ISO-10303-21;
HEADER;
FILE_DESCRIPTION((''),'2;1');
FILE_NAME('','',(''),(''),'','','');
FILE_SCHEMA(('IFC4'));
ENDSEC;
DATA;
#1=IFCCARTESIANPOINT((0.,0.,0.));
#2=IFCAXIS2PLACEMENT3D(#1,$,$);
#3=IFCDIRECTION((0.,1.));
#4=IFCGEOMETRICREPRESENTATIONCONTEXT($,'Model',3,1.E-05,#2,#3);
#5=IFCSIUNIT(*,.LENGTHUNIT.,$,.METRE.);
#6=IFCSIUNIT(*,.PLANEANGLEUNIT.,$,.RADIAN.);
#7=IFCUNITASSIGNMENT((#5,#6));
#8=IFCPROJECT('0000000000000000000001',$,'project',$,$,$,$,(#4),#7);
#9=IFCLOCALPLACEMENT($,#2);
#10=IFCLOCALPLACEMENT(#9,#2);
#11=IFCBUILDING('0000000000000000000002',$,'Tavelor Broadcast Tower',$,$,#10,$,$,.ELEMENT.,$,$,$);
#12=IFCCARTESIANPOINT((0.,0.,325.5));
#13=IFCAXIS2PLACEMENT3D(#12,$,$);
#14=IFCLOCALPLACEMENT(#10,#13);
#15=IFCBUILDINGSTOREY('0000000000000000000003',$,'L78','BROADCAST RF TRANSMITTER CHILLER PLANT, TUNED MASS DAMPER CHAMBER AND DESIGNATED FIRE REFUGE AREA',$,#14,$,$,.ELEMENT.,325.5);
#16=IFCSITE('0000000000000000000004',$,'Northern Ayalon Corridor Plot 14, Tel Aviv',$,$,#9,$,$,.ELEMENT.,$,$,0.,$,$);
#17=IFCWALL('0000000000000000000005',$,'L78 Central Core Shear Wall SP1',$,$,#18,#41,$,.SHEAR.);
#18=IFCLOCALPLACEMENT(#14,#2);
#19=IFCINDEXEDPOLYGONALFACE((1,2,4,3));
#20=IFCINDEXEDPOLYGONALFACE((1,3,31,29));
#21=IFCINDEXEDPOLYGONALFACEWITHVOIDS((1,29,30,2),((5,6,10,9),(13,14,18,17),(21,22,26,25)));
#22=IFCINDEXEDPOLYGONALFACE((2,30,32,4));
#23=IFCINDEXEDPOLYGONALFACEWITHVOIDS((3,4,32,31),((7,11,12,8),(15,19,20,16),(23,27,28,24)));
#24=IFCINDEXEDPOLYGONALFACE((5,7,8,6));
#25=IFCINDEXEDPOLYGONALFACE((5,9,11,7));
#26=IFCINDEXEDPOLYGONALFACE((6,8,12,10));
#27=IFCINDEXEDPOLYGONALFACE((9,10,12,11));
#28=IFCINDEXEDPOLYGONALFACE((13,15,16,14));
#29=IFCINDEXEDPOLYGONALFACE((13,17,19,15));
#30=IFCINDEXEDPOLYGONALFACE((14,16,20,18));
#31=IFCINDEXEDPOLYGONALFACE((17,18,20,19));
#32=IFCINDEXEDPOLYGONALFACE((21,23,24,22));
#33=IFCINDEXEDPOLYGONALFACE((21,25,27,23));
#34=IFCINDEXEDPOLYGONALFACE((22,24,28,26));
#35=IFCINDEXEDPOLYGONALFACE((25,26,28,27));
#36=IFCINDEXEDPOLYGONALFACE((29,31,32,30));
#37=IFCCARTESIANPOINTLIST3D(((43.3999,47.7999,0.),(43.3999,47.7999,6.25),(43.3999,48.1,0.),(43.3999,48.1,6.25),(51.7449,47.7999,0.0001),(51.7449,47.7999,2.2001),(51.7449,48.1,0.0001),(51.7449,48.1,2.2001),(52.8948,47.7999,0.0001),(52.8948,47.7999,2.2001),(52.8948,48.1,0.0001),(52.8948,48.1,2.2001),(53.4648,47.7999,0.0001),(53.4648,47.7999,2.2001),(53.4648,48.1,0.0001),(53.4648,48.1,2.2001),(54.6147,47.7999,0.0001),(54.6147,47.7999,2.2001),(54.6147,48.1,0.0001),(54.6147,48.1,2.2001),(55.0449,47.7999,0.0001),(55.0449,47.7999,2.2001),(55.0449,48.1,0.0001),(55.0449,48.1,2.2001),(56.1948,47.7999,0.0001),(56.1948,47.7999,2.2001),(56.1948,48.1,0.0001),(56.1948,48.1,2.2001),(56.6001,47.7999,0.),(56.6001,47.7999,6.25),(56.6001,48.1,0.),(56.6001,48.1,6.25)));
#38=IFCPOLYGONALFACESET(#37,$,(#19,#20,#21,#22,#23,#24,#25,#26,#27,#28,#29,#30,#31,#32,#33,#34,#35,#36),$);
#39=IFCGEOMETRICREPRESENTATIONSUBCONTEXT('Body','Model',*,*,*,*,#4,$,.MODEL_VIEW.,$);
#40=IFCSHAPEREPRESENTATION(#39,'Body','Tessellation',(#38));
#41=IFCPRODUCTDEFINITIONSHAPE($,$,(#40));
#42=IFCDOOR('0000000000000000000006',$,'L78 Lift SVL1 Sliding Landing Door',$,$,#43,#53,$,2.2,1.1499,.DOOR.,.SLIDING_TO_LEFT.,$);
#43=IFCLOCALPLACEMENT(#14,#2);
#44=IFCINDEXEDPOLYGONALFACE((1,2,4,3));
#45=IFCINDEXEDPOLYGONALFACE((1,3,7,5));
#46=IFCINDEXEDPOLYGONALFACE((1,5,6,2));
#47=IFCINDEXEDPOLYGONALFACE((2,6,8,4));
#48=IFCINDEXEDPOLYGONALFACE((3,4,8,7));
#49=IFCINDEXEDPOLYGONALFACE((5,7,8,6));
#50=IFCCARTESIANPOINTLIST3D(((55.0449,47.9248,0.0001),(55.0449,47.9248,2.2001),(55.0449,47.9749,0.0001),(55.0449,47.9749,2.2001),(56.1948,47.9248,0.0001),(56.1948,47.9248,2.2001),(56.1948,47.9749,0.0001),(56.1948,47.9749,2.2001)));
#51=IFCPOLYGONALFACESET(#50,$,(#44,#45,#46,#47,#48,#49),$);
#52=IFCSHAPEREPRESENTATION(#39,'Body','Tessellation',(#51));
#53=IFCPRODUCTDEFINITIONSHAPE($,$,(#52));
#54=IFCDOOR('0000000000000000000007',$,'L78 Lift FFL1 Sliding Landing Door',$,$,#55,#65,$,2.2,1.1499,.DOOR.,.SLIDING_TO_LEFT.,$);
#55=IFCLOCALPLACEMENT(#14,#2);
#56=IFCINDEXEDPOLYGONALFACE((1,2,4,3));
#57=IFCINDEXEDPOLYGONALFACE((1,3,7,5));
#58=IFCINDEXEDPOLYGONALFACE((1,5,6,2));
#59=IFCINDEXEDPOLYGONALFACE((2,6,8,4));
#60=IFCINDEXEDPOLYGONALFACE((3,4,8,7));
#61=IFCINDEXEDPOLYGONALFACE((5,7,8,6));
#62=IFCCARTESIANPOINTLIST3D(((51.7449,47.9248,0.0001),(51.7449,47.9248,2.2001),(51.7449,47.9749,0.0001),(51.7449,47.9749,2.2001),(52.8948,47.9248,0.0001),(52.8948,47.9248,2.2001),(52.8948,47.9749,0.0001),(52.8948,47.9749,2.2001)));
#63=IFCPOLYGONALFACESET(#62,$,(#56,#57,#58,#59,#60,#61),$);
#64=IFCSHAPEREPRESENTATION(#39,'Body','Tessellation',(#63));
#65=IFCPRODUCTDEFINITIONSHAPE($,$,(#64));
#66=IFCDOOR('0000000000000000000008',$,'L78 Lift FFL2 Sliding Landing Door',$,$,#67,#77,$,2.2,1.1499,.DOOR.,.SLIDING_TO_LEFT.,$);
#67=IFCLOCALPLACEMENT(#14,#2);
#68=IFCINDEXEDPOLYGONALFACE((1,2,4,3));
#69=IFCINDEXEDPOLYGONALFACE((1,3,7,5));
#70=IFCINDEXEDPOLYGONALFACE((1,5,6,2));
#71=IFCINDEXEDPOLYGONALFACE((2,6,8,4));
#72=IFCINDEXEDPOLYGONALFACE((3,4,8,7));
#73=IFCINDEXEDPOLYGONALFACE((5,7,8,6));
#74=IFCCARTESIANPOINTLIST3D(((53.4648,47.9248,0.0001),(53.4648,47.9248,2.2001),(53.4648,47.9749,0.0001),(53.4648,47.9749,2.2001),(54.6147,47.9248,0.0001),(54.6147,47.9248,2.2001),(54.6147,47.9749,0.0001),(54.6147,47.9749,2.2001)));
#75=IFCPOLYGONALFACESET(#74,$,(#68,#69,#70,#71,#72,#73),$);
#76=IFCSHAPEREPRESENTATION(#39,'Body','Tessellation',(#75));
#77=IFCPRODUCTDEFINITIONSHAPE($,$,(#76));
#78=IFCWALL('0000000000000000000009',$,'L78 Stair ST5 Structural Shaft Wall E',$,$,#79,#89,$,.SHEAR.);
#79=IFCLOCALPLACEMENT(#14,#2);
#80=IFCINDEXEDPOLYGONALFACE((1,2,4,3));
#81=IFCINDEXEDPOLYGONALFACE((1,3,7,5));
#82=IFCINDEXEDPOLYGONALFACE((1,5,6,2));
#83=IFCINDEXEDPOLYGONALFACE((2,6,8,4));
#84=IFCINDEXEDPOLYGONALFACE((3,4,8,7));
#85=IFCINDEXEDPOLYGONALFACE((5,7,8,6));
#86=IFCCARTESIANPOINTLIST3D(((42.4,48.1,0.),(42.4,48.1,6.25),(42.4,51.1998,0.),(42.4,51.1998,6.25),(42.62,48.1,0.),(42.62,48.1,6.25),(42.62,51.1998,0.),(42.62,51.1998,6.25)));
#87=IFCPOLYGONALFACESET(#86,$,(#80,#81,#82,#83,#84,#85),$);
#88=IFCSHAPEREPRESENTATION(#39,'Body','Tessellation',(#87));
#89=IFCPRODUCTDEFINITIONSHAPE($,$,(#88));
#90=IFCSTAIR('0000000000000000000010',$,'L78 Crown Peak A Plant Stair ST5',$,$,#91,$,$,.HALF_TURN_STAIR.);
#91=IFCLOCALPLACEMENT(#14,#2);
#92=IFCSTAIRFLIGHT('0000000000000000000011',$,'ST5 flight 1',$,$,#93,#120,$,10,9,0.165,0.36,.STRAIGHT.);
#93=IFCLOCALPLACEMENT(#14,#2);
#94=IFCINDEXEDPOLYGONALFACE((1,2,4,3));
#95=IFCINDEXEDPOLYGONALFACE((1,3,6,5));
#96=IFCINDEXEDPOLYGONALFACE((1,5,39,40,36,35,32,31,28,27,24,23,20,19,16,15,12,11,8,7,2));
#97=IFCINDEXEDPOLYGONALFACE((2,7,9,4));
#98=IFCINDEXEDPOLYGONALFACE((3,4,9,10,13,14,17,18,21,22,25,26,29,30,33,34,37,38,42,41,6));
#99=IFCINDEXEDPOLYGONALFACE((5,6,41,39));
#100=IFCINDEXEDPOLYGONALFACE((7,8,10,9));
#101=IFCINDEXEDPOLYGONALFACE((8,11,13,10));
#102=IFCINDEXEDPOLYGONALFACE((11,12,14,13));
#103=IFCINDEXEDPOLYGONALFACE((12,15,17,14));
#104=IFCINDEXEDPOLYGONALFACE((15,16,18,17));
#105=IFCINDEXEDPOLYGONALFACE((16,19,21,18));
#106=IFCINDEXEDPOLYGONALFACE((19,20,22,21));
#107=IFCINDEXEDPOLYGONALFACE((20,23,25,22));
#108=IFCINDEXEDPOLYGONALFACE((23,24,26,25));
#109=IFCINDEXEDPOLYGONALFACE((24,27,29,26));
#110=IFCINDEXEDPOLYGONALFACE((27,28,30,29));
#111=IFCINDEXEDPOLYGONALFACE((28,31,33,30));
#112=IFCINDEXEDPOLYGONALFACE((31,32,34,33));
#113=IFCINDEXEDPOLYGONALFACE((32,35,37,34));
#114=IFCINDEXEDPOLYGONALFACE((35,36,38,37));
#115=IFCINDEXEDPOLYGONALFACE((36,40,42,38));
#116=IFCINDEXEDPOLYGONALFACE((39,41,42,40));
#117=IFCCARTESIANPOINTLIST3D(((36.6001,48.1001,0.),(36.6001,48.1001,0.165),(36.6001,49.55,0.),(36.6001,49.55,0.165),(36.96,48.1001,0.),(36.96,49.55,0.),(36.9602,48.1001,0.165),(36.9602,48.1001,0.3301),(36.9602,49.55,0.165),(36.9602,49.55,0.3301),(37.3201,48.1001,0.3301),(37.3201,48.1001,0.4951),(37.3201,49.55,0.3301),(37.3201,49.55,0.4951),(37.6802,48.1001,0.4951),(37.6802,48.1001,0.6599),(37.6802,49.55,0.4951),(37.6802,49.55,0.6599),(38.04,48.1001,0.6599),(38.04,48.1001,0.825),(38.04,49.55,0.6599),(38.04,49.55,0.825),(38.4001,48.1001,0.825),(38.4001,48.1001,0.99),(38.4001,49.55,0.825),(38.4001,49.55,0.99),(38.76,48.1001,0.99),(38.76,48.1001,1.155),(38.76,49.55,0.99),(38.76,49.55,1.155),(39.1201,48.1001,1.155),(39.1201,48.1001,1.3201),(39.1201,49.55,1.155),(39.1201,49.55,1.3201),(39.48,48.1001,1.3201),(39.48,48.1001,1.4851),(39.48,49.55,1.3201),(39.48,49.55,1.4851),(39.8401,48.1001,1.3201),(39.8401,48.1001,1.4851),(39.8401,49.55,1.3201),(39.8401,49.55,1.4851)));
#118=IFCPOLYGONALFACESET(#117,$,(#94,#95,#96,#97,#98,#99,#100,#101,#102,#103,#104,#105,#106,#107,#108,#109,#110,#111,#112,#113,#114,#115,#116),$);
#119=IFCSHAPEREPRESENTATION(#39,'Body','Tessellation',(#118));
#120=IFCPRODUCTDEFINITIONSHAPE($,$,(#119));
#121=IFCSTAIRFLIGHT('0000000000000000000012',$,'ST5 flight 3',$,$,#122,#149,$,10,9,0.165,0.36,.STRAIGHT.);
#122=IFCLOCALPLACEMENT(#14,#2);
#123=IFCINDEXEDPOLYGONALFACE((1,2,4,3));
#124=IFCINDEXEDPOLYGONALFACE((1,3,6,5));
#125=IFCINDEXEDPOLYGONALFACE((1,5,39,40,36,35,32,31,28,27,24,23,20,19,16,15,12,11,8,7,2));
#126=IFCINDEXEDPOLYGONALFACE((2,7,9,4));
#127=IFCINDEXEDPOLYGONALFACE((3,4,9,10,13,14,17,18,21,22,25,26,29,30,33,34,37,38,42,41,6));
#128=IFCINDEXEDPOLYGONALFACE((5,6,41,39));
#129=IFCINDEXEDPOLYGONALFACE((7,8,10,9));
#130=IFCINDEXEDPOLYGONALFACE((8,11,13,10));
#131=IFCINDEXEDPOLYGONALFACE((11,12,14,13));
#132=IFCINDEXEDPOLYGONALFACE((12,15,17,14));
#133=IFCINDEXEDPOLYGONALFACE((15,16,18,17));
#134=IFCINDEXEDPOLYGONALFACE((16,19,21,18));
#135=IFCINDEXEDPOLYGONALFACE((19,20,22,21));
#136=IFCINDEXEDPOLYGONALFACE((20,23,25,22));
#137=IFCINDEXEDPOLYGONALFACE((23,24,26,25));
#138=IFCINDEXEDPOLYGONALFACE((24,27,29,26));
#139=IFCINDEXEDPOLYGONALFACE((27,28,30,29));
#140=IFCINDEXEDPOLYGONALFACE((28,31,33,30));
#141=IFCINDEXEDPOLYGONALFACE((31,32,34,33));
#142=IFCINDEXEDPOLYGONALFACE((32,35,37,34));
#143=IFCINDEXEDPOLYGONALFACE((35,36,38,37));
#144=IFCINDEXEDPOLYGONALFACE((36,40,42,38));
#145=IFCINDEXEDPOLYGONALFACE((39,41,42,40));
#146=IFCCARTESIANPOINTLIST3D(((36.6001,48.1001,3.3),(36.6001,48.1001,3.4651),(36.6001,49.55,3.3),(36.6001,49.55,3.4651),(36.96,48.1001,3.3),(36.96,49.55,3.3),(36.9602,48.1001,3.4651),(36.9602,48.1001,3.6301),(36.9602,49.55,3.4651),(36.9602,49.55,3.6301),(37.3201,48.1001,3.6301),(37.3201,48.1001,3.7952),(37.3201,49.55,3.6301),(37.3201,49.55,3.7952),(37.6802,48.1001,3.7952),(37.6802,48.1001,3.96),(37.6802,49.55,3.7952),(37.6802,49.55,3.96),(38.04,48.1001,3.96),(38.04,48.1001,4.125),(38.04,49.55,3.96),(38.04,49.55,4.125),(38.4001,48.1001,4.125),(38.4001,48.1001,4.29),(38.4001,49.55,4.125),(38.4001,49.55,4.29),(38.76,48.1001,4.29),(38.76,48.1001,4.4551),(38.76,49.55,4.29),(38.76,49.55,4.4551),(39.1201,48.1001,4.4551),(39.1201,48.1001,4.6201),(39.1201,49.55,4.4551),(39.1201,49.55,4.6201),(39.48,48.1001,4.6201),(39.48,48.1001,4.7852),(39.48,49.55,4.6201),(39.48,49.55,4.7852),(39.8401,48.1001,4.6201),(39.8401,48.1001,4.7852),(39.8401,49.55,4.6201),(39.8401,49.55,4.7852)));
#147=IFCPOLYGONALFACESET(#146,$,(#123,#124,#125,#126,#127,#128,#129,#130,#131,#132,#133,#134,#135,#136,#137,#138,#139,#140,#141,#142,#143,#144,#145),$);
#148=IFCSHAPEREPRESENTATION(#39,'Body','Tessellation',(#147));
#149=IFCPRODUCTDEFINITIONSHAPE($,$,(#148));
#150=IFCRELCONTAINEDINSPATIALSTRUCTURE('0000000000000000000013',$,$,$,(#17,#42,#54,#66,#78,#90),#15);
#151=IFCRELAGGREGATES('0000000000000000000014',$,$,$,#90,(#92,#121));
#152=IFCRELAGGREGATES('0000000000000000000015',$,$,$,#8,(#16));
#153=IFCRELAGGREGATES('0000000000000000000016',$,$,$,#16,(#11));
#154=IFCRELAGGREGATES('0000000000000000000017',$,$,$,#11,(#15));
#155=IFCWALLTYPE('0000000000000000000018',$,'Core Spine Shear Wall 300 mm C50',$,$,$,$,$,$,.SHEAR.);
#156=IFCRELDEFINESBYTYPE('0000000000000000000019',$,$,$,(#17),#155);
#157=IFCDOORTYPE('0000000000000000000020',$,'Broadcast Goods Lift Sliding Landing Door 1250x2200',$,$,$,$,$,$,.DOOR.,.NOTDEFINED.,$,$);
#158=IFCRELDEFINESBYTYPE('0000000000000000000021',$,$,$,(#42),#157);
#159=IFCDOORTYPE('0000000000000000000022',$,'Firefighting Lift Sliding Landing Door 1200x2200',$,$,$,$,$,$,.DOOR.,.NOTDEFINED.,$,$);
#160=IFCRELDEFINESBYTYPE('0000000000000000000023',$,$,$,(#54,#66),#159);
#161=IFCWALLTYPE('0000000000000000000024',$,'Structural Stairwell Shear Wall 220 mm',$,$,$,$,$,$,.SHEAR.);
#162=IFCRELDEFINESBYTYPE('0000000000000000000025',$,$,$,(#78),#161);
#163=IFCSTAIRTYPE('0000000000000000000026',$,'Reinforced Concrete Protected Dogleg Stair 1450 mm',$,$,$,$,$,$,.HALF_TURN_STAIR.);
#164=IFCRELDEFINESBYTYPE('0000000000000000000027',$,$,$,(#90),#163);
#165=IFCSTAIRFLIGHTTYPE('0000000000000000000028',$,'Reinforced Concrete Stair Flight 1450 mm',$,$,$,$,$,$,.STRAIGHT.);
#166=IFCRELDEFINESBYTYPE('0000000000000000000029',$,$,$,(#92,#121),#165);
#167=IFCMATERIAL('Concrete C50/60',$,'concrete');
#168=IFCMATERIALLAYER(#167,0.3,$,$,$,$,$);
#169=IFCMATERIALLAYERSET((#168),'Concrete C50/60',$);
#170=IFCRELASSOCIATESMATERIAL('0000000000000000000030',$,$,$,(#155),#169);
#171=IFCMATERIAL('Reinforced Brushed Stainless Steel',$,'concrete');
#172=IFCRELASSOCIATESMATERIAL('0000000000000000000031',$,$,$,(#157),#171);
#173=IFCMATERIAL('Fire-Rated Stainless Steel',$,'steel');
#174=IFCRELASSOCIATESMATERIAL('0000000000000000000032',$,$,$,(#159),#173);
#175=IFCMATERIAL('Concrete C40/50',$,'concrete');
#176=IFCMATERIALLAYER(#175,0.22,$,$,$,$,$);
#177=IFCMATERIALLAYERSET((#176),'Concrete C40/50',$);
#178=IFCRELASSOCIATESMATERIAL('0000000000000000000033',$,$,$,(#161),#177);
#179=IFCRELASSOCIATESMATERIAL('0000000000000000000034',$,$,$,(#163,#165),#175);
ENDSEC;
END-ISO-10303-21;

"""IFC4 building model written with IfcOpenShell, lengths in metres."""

from ifc_helpers import new_model, si_unit, direction, frame, frame_2d, origin, place, context, subcontext, project, spatial, polyline, rectangle, outline, extrude, material, layer, layer_set, type_object, element, fill, aggregate, save


model = new_model("IFC4")

# Units and contexts
model_context = context("Model", 3, precision=1e-05, world=origin(), true_north=direction((0.0, 1.0)))
body_context = subcontext(model_context, "Body", "Model", "MODEL_VIEW")
ifc_project = project(units=[si_unit("LENGTHUNIT", "METRE"), si_unit("PLANEANGLEUNIT", "RADIAN")], contexts=[model_context])

# Site, building, storey
site_placement = place(None, origin())
site = spatial("IfcSite", under=ifc_project, at=site_placement, Name="Northern Ayalon Corridor Plot 14, Tel Aviv", CompositionType="ELEMENT", RefElevation=0.0)
building_placement = place(site_placement, origin())
building = spatial("IfcBuilding", under=site, at=building_placement, Name="Tavelor Broadcast Tower", CompositionType="ELEMENT")
storey_placement = place(building_placement, frame((0.0, 0.0, 325.5)))
storey = spatial("IfcBuildingStorey", under=building, at=storey_placement, Name="L78", Description="BROADCAST RF TRANSMITTER CHILLER PLANT, TUNED MASS DAMPER CHAMBER AND DESIGNATED FIRE REFUGE AREA", CompositionType="ELEMENT", Elevation=325.5)

# Shared definitions
ifc_material_1 = material(Name="Concrete C50/60", Category="concrete")

# Wall, openings, doors
ifc_layer_1 = layer(ifc_material_1, 0.3)
ifc_layer_set_1 = layer_set([ifc_layer_1], Name="Concrete C50/60")
wall_type_1 = type_object("IfcWallType", Name="Core Spine Shear Wall 300 mm C50", PredefinedType="SHEAR", material=ifc_layer_set_1)
wall_1_placement = place(storey_placement, frame((43.3999, 47.95, 0.0), z_axis=(0.0, 0.0, 1.0), x_axis=(1.0, 0.0, 0.0)))
wall_1 = element("IfcWall", 1, at=wall_1_placement, inside=storey, type_object=wall_type_1, Name="L78 Central Core Shear Wall SP1", PredefinedType="SHEAR", context=body_context, shape_type="SweptSolid", body=[
    extrude(rectangle(XDim=13.2002, YDim=0.3, at=frame_2d((6.6001, 0.0))), origin(), (0.0, 0.0, 1.0), 6.25),
])
opening_1_placement = place(wall_1_placement, frame((8.345, 0.0, 0.0)))
opening_1 = element("IfcOpeningElement", 2, at=opening_1_placement, cuts=wall_1, PredefinedType="OPENING", context=body_context, shape_type="SweptSolid", body=[
    extrude(rectangle(XDim=1.1499, YDim=2.2, at=frame_2d((0.575, 1.1001))), frame((0.0, 0.1602, 0.0), z_axis=(0.0, -1.0, 0.0), x_axis=(1.0, 0.0, 0.0)), (0.0, 0.0, 1.0), 0.3201),
])
opening_2_placement = place(wall_1_placement, frame((10.0649, 0.0, 0.0)))
opening_2 = element("IfcOpeningElement", 3, at=opening_2_placement, cuts=wall_1, PredefinedType="OPENING", context=body_context, shape_type="SweptSolid", body=[
    extrude(rectangle(XDim=1.1499, YDim=2.2, at=frame_2d((0.575, 1.1001))), frame((0.0, 0.1602, 0.0), z_axis=(0.0, -1.0, 0.0), x_axis=(1.0, 0.0, 0.0)), (0.0, 0.0, 1.0), 0.3201),
])
opening_3_placement = place(wall_1_placement, frame((11.645, 0.0, 0.0)))
opening_3 = element("IfcOpeningElement", 4, at=opening_3_placement, cuts=wall_1, PredefinedType="OPENING", context=body_context, shape_type="SweptSolid", body=[
    extrude(rectangle(XDim=1.1499, YDim=2.2, at=frame_2d((0.575, 1.1001))), frame((0.0, 0.1602, 0.0), z_axis=(0.0, -1.0, 0.0), x_axis=(1.0, 0.0, 0.0)), (0.0, 0.0, 1.0), 0.3201),
])
ifc_material_2 = material(Name="Reinforced Brushed Stainless Steel", Category="concrete")
door_type_1 = type_object("IfcDoorType", Name="Broadcast Goods Lift Sliding Landing Door 1250x2200", OperationType="NOTDEFINED", PredefinedType="DOOR", material=ifc_material_2)
door_1_placement = place(opening_3_placement, origin())
door_1 = element("IfcDoor", 5, at=door_1_placement, inside=storey, type_object=door_type_1, Name="L78 Lift SVL1 Sliding Landing Door", OperationType="SLIDING_TO_LEFT", OverallHeight=2.2, OverallWidth=1.1499, PredefinedType="DOOR", context=body_context, shape_type="SweptSolid", body=[
    extrude(rectangle(XDim=1.1499, YDim=2.2, at=frame_2d((0.575, 1.1001))), frame((0.0, 0.0249, 0.0), z_axis=(0.0, -1.0, 0.0), x_axis=(1.0, 0.0, 0.0)), (0.0, 0.0, 1.0), 0.05),
])
fill(opening_3, door_1)
ifc_material_3 = material(Name="Fire-Rated Stainless Steel", Category="steel")
door_type_2 = type_object("IfcDoorType", Name="Firefighting Lift Sliding Landing Door 1200x2200", OperationType="NOTDEFINED", PredefinedType="DOOR", material=ifc_material_3)
door_2_placement = place(opening_1_placement, origin())
door_2 = element("IfcDoor", 6, at=door_2_placement, inside=storey, type_object=door_type_2, Name="L78 Lift FFL1 Sliding Landing Door", OperationType="SLIDING_TO_LEFT", OverallHeight=2.2, OverallWidth=1.1499, PredefinedType="DOOR", context=body_context, shape_type="SweptSolid", body=[
    extrude(rectangle(XDim=1.1499, YDim=2.2, at=frame_2d((0.575, 1.1001))), frame((0.0, 0.0249, 0.0), z_axis=(0.0, -1.0, 0.0), x_axis=(1.0, 0.0, 0.0)), (0.0, 0.0, 1.0), 0.05),
])
fill(opening_1, door_2)
door_3_placement = place(opening_2_placement, origin())
door_3 = element("IfcDoor", 7, at=door_3_placement, inside=storey, type_object=door_type_2, Name="L78 Lift FFL2 Sliding Landing Door", OperationType="SLIDING_TO_LEFT", OverallHeight=2.2, OverallWidth=1.1499, PredefinedType="DOOR", context=body_context, shape_type="SweptSolid", body=[
    extrude(rectangle(XDim=1.1499, YDim=2.2, at=frame_2d((0.575, 1.1001))), frame((0.0, 0.0249, 0.0), z_axis=(0.0, -1.0, 0.0), x_axis=(1.0, 0.0, 0.0)), (0.0, 0.0, 1.0), 0.05),
])
fill(opening_2, door_3)

# Wall
ifc_material_4 = material(Name="Concrete C40/50", Category="concrete")
ifc_layer_2 = layer(ifc_material_4, 0.22)
ifc_layer_set_2 = layer_set([ifc_layer_2], Name="Concrete C40/50")
wall_type_2 = type_object("IfcWallType", Name="Structural Stairwell Shear Wall 220 mm", PredefinedType="SHEAR", material=ifc_layer_set_2)
wall_2_placement = place(storey_placement, frame((42.51, 48.1001, 0.0), z_axis=(0.0, 0.0, 1.0), x_axis=(0.0, 1.0, 0.0)))
element("IfcWall", 8, at=wall_2_placement, inside=storey, type_object=wall_type_2, Name="L78 Stair ST5 Structural Shaft Wall E", PredefinedType="SHEAR", context=body_context, shape_type="SweptSolid", body=[
    extrude(rectangle(XDim=3.0999, YDim=0.22, at=frame_2d((1.5498, 0.0))), origin(), (0.0, 0.0, 1.0), 6.25),
])

# Stair, stair flights
stair_type = type_object("IfcStairType", Name="Reinforced Concrete Protected Dogleg Stair 1450 mm", PredefinedType="HALF_TURN_STAIR", material=ifc_material_4)
stair_placement = place(storey_placement, origin())
stair = element("IfcStair", 9, at=stair_placement, inside=storey, type_object=stair_type, Name="L78 Crown Peak A Plant Stair ST5", PredefinedType="HALF_TURN_STAIR")
stair_flight_type = type_object("IfcStairFlightType", Name="Reinforced Concrete Stair Flight 1450 mm", PredefinedType="STRAIGHT", material=ifc_material_4)
stair_flight_1_placement = place(storey_placement, frame((36.6001, 48.825, 0.0), z_axis=(0.0, 0.0, 1.0), x_axis=(1.0, 0.0, 0.0)))
stair_flight_1 = element("IfcStairFlight", 10, at=stair_flight_1_placement, type_object=stair_flight_type, Name="ST5 flight 1", NumberOfRisers=10, NumberOfTreads=9, PredefinedType="STRAIGHT", RiserHeight=0.165, TreadLength=0.36, context=body_context, shape_type="SweptSolid", body=[
    extrude(outline(polyline([(0.0, 0.0), (0.0, 0.165), (0.3601, 0.165), (0.3601, 0.3301), (0.72, 0.3301), (0.72, 0.4951), (1.0801, 0.4951), (1.0801, 0.6599), (1.4399, 0.6599), (1.4399, 0.825), (1.8, 0.825), (1.8, 0.99), (2.1599, 0.99), (2.1599, 1.155), (2.52, 1.155), (2.52, 1.3201), (2.8799, 1.3201), (2.8799, 1.4851), (3.24, 1.4851), (3.24, 1.6499), (3.24, 1.3201), (0.3599, 0.0), (0.0, 0.0)])), frame((0.0, 0.7251, 0.0), z_axis=(0.0, -1.0, 0.0), x_axis=(1.0, 0.0, 0.0)), (0.0, 0.0, 1.0), 1.45),
])
stair_flight_2_placement = place(storey_placement, frame((36.6001, 48.825, 3.3), z_axis=(0.0, 0.0, 1.0), x_axis=(1.0, 0.0, 0.0)))
stair_flight_2 = element("IfcStairFlight", 11, at=stair_flight_2_placement, type_object=stair_flight_type, Name="ST5 flight 3", NumberOfRisers=10, NumberOfTreads=9, PredefinedType="STRAIGHT", RiserHeight=0.165, TreadLength=0.36, context=body_context, shape_type="SweptSolid", body=[
    extrude(outline(polyline([(0.0, 0.0), (0.0, 0.165), (0.3601, 0.165), (0.3601, 0.3301), (0.72, 0.3301), (0.72, 0.4951), (1.0801, 0.4951), (1.0801, 0.6599), (1.4399, 0.6599), (1.4399, 0.825), (1.8, 0.825), (1.8, 0.99), (2.1599, 0.99), (2.1599, 1.155), (2.52, 1.155), (2.52, 1.3201), (2.8799, 1.3201), (2.8799, 1.4851), (3.24, 1.4851), (3.24, 1.6499), (3.24, 1.3201), (0.3599, 0.0), (0.0, 0.0)])), frame((0.0, 0.7251, 0.0), z_axis=(0.0, -1.0, 0.0), x_axis=(1.0, 0.0, 0.0)), (0.0, 0.0, 1.0), 1.45),
])
aggregate(stair, [stair_flight_1, stair_flight_2])

save(model, "model.ifc")
